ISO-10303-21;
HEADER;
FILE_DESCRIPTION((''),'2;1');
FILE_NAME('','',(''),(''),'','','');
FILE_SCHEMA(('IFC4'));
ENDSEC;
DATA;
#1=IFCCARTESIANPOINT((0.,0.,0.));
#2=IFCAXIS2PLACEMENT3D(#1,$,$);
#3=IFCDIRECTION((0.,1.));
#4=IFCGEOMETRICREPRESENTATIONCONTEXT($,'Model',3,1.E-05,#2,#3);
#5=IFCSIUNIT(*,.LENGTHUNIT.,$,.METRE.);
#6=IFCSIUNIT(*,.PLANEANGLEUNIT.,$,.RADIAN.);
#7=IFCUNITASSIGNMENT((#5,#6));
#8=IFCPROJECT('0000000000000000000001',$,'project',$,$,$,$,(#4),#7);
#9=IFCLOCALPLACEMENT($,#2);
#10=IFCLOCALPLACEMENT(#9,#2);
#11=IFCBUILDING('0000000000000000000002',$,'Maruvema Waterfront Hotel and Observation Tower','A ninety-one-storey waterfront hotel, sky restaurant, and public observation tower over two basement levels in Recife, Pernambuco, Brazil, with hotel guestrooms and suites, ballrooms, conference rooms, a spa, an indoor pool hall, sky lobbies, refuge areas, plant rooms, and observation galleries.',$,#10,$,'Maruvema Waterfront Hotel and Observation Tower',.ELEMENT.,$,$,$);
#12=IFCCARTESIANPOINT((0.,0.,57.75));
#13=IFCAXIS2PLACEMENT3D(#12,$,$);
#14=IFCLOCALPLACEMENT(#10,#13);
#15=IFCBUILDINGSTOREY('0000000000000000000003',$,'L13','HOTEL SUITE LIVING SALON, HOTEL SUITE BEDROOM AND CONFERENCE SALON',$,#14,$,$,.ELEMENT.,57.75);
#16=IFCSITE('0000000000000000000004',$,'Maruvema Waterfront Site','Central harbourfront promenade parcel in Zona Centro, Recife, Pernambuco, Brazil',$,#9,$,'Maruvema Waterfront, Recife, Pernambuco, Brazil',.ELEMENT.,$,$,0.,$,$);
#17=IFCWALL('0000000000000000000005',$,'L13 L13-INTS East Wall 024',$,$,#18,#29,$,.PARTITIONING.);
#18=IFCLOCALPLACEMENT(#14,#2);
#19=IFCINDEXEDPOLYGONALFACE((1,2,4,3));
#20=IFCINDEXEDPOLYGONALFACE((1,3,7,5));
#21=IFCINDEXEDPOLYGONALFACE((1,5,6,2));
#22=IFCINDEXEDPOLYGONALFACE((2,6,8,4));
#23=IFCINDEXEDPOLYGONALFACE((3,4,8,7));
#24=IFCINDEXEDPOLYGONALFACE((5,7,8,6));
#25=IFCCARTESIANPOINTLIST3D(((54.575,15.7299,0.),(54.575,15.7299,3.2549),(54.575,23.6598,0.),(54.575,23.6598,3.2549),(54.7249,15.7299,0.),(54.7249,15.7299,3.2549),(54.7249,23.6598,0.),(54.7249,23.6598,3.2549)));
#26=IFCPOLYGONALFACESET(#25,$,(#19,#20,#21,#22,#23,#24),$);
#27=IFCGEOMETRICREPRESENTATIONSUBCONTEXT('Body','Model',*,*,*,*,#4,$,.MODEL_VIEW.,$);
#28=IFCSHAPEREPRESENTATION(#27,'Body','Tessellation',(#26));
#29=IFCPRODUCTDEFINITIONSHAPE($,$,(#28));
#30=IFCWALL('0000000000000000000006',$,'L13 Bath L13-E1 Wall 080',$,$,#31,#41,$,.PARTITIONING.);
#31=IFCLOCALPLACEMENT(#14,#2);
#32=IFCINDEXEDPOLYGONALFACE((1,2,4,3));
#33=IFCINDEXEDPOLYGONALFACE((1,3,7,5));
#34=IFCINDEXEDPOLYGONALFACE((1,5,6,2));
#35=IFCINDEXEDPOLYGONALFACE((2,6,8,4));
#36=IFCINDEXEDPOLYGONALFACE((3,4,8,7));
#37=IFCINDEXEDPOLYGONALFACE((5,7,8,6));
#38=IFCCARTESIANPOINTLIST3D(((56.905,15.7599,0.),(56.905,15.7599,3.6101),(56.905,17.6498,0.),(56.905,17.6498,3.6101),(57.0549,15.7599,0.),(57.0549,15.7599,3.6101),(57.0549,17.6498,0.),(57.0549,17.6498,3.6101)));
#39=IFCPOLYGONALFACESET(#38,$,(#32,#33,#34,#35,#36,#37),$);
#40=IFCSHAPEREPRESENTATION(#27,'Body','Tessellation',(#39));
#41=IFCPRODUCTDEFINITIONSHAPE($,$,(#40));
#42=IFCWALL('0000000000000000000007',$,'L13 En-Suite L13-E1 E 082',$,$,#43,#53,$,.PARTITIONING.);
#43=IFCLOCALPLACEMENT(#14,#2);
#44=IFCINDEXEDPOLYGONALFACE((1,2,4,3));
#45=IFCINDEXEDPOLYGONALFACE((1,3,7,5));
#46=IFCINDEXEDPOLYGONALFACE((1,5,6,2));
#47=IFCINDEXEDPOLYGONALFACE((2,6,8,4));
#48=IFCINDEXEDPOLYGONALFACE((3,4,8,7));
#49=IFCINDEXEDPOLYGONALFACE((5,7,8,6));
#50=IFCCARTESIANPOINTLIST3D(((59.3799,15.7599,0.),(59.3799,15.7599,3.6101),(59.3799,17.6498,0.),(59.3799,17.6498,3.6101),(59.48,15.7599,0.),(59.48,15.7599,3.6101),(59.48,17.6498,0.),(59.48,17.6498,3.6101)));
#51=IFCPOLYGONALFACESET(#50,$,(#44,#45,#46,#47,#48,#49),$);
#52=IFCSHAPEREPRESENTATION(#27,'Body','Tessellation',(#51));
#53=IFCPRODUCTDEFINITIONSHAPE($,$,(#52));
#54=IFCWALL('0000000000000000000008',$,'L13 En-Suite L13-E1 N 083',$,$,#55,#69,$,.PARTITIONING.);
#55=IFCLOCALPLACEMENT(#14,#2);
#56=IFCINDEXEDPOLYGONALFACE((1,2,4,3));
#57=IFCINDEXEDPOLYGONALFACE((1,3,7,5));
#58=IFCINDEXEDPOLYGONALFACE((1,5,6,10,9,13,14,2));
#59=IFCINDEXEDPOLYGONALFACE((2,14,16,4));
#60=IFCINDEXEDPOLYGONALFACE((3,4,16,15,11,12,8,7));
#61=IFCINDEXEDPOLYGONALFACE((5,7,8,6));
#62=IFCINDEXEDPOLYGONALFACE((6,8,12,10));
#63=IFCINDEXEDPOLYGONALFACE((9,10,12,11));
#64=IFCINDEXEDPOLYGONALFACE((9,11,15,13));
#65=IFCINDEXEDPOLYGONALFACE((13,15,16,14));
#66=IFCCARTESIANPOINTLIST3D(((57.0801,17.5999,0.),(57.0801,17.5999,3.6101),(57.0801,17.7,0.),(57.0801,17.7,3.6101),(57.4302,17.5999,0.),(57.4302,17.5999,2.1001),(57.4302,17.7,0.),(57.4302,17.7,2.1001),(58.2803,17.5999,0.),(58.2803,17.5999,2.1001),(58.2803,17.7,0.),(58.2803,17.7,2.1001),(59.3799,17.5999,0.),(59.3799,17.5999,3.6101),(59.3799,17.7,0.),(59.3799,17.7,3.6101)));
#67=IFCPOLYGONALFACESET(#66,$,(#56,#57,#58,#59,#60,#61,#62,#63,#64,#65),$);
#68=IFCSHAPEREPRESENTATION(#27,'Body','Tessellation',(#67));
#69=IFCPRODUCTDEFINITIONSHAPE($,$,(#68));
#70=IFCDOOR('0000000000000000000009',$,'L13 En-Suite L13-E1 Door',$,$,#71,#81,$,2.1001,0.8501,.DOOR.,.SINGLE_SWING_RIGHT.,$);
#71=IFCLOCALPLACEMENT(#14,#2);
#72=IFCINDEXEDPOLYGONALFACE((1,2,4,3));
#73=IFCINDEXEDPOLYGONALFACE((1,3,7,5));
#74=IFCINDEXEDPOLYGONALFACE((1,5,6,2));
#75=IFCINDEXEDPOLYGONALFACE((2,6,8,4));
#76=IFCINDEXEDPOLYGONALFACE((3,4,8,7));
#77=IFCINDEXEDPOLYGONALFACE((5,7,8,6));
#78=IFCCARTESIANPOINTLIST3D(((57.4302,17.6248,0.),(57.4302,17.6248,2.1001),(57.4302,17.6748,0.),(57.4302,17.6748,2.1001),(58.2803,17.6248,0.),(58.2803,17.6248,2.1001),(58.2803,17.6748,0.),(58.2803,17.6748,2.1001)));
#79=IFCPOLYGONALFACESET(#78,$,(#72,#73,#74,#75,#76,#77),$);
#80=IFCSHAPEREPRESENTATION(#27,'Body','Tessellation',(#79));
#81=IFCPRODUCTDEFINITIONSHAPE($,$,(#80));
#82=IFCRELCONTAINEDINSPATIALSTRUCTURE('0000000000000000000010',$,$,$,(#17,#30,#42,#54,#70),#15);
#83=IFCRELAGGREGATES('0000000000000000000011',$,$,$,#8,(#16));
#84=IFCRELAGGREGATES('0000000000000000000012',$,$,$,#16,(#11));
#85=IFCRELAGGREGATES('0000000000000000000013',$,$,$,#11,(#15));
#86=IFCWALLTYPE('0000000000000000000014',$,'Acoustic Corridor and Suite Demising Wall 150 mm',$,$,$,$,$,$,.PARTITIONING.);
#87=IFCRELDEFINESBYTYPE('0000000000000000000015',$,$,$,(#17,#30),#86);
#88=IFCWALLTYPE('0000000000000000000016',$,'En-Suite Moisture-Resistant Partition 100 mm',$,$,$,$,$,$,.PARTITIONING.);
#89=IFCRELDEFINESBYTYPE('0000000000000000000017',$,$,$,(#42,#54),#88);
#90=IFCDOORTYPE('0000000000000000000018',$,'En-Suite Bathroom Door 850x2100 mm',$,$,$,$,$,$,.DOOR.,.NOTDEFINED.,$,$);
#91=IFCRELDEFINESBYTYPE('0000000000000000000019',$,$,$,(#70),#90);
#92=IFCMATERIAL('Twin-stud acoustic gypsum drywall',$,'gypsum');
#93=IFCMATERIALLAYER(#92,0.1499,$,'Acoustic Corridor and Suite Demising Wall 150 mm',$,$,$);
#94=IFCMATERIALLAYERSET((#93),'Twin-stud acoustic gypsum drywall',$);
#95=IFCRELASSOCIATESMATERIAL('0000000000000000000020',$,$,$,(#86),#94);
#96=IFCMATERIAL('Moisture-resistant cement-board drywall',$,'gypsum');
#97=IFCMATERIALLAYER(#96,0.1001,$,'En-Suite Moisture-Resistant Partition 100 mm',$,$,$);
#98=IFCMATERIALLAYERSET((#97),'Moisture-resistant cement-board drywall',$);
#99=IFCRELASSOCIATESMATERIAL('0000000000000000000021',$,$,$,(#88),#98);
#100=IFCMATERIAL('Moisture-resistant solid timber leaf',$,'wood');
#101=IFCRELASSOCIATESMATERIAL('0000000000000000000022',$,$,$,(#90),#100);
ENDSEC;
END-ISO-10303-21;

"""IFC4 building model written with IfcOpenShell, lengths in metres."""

from ifc_helpers import new_model, si_unit, direction, frame, frame_2d, origin, place, context, subcontext, project, spatial, rectangle, extrude, material, layer, layer_set, type_object, element, fill, save


model = new_model("IFC4")

# Units and contexts
model_context = context("Model", 3, precision=1e-05, world=origin(), true_north=direction((0.0, 1.0)))
body_context = subcontext(model_context, "Body", "Model", "MODEL_VIEW")
ifc_project = project(units=[si_unit("LENGTHUNIT", "METRE"), si_unit("PLANEANGLEUNIT", "RADIAN")], contexts=[model_context])

# Site, building, storey
site_placement = place(None, origin())
site = spatial("IfcSite", under=ifc_project, at=site_placement, Name="Maruvema Waterfront Site", Description="Central harbourfront promenade parcel in Zona Centro, Recife, Pernambuco, Brazil", LongName="Maruvema Waterfront, Recife, Pernambuco, Brazil", CompositionType="ELEMENT", RefElevation=0.0)
building_placement = place(site_placement, origin())
building = spatial("IfcBuilding", under=site, at=building_placement, Name="Maruvema Waterfront Hotel and Observation Tower", Description="A ninety-one-storey waterfront hotel, sky restaurant, and public observation tower over two basement levels in Recife, Pernambuco, Brazil, with hotel guestrooms and suites, ballrooms, conference rooms, a spa, an indoor pool hall, sky lobbies, refuge areas, plant rooms, and observation galleries.", LongName="Maruvema Waterfront Hotel and Observation Tower", CompositionType="ELEMENT")
storey_placement = place(building_placement, frame((0.0, 0.0, 57.75)))
storey = spatial("IfcBuildingStorey", under=building, at=storey_placement, Name="L13", Description="HOTEL SUITE LIVING SALON, HOTEL SUITE BEDROOM AND CONFERENCE SALON", CompositionType="ELEMENT", Elevation=57.75)

# Walls
ifc_material_1 = material(Name="Twin-stud acoustic gypsum drywall", Category="gypsum")
ifc_layer_1 = layer(ifc_material_1, 0.1499, Name="Acoustic Corridor and Suite Demising Wall 150 mm")
ifc_layer_set_1 = layer_set([ifc_layer_1], Name="Twin-stud acoustic gypsum drywall")
wall_type_1 = type_object("IfcWallType", Name="Acoustic Corridor and Suite Demising Wall 150 mm", PredefinedType="PARTITIONING", material=ifc_layer_set_1)
wall_1_placement = place(storey_placement, frame((54.6499, 15.73, 0.0), z_axis=(0.0, 0.0, 1.0), x_axis=(0.0, 1.0, 0.0)))
element("IfcWall", 1, at=wall_1_placement, inside=storey, type_object=wall_type_1, Name="L13 L13-INTS East Wall 024", PredefinedType="PARTITIONING", context=body_context, shape_type="SweptSolid", body=[
    extrude(rectangle(XDim=7.9299, YDim=0.1499, at=frame_2d((3.9648, 0.0))), origin(), (0.0, 0.0, 1.0), 3.2549),
])
wall_2_placement = place(storey_placement, frame((56.98, 15.76, 0.0), z_axis=(0.0, 0.0, 1.0), x_axis=(0.0, 1.0, 0.0)))
element("IfcWall", 2, at=wall_2_placement, inside=storey, type_object=wall_type_1, Name="L13 Bath L13-E1 Wall 080", PredefinedType="PARTITIONING", context=body_context, shape_type="SweptSolid", body=[
    extrude(rectangle(XDim=1.8899, YDim=0.1499, at=frame_2d((0.9448, 0.0))), origin(), (0.0, 0.0, 1.0), 3.6101),
])

# Wall
ifc_material_2 = material(Name="Moisture-resistant cement-board drywall", Category="gypsum")
ifc_layer_2 = layer(ifc_material_2, 0.1001, Name="En-Suite Moisture-Resistant Partition 100 mm")
ifc_layer_set_2 = layer_set([ifc_layer_2], Name="Moisture-resistant cement-board drywall")
wall_type_2 = type_object("IfcWallType", Name="En-Suite Moisture-Resistant Partition 100 mm", PredefinedType="PARTITIONING", material=ifc_layer_set_2)
wall_3_placement = place(storey_placement, frame((59.4299, 15.76, 0.0), z_axis=(0.0, 0.0, 1.0), x_axis=(0.0, 1.0, 0.0)))
element("IfcWall", 3, at=wall_3_placement, inside=storey, type_object=wall_type_2, Name="L13 En-Suite L13-E1 E 082", PredefinedType="PARTITIONING", context=body_context, shape_type="SweptSolid", body=[
    extrude(rectangle(XDim=1.8899, YDim=0.1001, at=frame_2d((0.9448, 0.0))), origin(), (0.0, 0.0, 1.0), 3.6101),
])

# Wall, opening, door
wall_4_placement = place(storey_placement, frame((57.0801, 17.6499, 0.0), z_axis=(0.0, 0.0, 1.0), x_axis=(1.0, 0.0, 0.0)))
wall_4 = element("IfcWall", 4, at=wall_4_placement, inside=storey, type_object=wall_type_2, Name="L13 En-Suite L13-E1 N 083", PredefinedType="PARTITIONING", context=body_context, shape_type="SweptSolid", body=[
    extrude(rectangle(XDim=2.2998, YDim=0.1001, at=frame_2d((1.1499, 0.0))), origin(), (0.0, 0.0, 1.0), 3.6101),
])
opening_1_placement = place(wall_4_placement, frame((0.3501, 0.0, 0.0)))
opening_1 = element("IfcOpeningElement", 5, at=opening_1_placement, cuts=wall_4, PredefinedType="OPENING", context=body_context, shape_type="SweptSolid", body=[
    extrude(rectangle(XDim=0.8501, YDim=2.1001, at=frame_2d((0.425, 1.05))), frame((0.0, 0.0601, 0.0), z_axis=(0.0, -1.0, 0.0), x_axis=(1.0, 0.0, 0.0)), (0.0, 0.0, 1.0), 0.1201),
])
ifc_material_3 = material(Name="Moisture-resistant solid timber leaf", Category="wood")
door_type_1 = type_object("IfcDoorType", Name="En-Suite Bathroom Door 850x2100 mm", OperationType="NOTDEFINED", PredefinedType="DOOR", material=ifc_material_3)
door_1_placement = place(opening_1_placement, origin())
door_1 = element("IfcDoor", 6, at=door_1_placement, inside=storey, type_object=door_type_1, Name="L13 En-Suite L13-E1 Door", OperationType="SINGLE_SWING_RIGHT", OverallHeight=2.1001, OverallWidth=0.8501, PredefinedType="DOOR", context=body_context, shape_type="SweptSolid", body=[
    extrude(rectangle(XDim=0.8501, YDim=2.1001, at=frame_2d((0.425, 1.05))), frame((0.0, 0.0249, 0.0), z_axis=(0.0, -1.0, 0.0), x_axis=(1.0, 0.0, 0.0)), (0.0, 0.0, 1.0), 0.05),
])
fill(opening_1, door_1)

save(model, "model.ifc")
